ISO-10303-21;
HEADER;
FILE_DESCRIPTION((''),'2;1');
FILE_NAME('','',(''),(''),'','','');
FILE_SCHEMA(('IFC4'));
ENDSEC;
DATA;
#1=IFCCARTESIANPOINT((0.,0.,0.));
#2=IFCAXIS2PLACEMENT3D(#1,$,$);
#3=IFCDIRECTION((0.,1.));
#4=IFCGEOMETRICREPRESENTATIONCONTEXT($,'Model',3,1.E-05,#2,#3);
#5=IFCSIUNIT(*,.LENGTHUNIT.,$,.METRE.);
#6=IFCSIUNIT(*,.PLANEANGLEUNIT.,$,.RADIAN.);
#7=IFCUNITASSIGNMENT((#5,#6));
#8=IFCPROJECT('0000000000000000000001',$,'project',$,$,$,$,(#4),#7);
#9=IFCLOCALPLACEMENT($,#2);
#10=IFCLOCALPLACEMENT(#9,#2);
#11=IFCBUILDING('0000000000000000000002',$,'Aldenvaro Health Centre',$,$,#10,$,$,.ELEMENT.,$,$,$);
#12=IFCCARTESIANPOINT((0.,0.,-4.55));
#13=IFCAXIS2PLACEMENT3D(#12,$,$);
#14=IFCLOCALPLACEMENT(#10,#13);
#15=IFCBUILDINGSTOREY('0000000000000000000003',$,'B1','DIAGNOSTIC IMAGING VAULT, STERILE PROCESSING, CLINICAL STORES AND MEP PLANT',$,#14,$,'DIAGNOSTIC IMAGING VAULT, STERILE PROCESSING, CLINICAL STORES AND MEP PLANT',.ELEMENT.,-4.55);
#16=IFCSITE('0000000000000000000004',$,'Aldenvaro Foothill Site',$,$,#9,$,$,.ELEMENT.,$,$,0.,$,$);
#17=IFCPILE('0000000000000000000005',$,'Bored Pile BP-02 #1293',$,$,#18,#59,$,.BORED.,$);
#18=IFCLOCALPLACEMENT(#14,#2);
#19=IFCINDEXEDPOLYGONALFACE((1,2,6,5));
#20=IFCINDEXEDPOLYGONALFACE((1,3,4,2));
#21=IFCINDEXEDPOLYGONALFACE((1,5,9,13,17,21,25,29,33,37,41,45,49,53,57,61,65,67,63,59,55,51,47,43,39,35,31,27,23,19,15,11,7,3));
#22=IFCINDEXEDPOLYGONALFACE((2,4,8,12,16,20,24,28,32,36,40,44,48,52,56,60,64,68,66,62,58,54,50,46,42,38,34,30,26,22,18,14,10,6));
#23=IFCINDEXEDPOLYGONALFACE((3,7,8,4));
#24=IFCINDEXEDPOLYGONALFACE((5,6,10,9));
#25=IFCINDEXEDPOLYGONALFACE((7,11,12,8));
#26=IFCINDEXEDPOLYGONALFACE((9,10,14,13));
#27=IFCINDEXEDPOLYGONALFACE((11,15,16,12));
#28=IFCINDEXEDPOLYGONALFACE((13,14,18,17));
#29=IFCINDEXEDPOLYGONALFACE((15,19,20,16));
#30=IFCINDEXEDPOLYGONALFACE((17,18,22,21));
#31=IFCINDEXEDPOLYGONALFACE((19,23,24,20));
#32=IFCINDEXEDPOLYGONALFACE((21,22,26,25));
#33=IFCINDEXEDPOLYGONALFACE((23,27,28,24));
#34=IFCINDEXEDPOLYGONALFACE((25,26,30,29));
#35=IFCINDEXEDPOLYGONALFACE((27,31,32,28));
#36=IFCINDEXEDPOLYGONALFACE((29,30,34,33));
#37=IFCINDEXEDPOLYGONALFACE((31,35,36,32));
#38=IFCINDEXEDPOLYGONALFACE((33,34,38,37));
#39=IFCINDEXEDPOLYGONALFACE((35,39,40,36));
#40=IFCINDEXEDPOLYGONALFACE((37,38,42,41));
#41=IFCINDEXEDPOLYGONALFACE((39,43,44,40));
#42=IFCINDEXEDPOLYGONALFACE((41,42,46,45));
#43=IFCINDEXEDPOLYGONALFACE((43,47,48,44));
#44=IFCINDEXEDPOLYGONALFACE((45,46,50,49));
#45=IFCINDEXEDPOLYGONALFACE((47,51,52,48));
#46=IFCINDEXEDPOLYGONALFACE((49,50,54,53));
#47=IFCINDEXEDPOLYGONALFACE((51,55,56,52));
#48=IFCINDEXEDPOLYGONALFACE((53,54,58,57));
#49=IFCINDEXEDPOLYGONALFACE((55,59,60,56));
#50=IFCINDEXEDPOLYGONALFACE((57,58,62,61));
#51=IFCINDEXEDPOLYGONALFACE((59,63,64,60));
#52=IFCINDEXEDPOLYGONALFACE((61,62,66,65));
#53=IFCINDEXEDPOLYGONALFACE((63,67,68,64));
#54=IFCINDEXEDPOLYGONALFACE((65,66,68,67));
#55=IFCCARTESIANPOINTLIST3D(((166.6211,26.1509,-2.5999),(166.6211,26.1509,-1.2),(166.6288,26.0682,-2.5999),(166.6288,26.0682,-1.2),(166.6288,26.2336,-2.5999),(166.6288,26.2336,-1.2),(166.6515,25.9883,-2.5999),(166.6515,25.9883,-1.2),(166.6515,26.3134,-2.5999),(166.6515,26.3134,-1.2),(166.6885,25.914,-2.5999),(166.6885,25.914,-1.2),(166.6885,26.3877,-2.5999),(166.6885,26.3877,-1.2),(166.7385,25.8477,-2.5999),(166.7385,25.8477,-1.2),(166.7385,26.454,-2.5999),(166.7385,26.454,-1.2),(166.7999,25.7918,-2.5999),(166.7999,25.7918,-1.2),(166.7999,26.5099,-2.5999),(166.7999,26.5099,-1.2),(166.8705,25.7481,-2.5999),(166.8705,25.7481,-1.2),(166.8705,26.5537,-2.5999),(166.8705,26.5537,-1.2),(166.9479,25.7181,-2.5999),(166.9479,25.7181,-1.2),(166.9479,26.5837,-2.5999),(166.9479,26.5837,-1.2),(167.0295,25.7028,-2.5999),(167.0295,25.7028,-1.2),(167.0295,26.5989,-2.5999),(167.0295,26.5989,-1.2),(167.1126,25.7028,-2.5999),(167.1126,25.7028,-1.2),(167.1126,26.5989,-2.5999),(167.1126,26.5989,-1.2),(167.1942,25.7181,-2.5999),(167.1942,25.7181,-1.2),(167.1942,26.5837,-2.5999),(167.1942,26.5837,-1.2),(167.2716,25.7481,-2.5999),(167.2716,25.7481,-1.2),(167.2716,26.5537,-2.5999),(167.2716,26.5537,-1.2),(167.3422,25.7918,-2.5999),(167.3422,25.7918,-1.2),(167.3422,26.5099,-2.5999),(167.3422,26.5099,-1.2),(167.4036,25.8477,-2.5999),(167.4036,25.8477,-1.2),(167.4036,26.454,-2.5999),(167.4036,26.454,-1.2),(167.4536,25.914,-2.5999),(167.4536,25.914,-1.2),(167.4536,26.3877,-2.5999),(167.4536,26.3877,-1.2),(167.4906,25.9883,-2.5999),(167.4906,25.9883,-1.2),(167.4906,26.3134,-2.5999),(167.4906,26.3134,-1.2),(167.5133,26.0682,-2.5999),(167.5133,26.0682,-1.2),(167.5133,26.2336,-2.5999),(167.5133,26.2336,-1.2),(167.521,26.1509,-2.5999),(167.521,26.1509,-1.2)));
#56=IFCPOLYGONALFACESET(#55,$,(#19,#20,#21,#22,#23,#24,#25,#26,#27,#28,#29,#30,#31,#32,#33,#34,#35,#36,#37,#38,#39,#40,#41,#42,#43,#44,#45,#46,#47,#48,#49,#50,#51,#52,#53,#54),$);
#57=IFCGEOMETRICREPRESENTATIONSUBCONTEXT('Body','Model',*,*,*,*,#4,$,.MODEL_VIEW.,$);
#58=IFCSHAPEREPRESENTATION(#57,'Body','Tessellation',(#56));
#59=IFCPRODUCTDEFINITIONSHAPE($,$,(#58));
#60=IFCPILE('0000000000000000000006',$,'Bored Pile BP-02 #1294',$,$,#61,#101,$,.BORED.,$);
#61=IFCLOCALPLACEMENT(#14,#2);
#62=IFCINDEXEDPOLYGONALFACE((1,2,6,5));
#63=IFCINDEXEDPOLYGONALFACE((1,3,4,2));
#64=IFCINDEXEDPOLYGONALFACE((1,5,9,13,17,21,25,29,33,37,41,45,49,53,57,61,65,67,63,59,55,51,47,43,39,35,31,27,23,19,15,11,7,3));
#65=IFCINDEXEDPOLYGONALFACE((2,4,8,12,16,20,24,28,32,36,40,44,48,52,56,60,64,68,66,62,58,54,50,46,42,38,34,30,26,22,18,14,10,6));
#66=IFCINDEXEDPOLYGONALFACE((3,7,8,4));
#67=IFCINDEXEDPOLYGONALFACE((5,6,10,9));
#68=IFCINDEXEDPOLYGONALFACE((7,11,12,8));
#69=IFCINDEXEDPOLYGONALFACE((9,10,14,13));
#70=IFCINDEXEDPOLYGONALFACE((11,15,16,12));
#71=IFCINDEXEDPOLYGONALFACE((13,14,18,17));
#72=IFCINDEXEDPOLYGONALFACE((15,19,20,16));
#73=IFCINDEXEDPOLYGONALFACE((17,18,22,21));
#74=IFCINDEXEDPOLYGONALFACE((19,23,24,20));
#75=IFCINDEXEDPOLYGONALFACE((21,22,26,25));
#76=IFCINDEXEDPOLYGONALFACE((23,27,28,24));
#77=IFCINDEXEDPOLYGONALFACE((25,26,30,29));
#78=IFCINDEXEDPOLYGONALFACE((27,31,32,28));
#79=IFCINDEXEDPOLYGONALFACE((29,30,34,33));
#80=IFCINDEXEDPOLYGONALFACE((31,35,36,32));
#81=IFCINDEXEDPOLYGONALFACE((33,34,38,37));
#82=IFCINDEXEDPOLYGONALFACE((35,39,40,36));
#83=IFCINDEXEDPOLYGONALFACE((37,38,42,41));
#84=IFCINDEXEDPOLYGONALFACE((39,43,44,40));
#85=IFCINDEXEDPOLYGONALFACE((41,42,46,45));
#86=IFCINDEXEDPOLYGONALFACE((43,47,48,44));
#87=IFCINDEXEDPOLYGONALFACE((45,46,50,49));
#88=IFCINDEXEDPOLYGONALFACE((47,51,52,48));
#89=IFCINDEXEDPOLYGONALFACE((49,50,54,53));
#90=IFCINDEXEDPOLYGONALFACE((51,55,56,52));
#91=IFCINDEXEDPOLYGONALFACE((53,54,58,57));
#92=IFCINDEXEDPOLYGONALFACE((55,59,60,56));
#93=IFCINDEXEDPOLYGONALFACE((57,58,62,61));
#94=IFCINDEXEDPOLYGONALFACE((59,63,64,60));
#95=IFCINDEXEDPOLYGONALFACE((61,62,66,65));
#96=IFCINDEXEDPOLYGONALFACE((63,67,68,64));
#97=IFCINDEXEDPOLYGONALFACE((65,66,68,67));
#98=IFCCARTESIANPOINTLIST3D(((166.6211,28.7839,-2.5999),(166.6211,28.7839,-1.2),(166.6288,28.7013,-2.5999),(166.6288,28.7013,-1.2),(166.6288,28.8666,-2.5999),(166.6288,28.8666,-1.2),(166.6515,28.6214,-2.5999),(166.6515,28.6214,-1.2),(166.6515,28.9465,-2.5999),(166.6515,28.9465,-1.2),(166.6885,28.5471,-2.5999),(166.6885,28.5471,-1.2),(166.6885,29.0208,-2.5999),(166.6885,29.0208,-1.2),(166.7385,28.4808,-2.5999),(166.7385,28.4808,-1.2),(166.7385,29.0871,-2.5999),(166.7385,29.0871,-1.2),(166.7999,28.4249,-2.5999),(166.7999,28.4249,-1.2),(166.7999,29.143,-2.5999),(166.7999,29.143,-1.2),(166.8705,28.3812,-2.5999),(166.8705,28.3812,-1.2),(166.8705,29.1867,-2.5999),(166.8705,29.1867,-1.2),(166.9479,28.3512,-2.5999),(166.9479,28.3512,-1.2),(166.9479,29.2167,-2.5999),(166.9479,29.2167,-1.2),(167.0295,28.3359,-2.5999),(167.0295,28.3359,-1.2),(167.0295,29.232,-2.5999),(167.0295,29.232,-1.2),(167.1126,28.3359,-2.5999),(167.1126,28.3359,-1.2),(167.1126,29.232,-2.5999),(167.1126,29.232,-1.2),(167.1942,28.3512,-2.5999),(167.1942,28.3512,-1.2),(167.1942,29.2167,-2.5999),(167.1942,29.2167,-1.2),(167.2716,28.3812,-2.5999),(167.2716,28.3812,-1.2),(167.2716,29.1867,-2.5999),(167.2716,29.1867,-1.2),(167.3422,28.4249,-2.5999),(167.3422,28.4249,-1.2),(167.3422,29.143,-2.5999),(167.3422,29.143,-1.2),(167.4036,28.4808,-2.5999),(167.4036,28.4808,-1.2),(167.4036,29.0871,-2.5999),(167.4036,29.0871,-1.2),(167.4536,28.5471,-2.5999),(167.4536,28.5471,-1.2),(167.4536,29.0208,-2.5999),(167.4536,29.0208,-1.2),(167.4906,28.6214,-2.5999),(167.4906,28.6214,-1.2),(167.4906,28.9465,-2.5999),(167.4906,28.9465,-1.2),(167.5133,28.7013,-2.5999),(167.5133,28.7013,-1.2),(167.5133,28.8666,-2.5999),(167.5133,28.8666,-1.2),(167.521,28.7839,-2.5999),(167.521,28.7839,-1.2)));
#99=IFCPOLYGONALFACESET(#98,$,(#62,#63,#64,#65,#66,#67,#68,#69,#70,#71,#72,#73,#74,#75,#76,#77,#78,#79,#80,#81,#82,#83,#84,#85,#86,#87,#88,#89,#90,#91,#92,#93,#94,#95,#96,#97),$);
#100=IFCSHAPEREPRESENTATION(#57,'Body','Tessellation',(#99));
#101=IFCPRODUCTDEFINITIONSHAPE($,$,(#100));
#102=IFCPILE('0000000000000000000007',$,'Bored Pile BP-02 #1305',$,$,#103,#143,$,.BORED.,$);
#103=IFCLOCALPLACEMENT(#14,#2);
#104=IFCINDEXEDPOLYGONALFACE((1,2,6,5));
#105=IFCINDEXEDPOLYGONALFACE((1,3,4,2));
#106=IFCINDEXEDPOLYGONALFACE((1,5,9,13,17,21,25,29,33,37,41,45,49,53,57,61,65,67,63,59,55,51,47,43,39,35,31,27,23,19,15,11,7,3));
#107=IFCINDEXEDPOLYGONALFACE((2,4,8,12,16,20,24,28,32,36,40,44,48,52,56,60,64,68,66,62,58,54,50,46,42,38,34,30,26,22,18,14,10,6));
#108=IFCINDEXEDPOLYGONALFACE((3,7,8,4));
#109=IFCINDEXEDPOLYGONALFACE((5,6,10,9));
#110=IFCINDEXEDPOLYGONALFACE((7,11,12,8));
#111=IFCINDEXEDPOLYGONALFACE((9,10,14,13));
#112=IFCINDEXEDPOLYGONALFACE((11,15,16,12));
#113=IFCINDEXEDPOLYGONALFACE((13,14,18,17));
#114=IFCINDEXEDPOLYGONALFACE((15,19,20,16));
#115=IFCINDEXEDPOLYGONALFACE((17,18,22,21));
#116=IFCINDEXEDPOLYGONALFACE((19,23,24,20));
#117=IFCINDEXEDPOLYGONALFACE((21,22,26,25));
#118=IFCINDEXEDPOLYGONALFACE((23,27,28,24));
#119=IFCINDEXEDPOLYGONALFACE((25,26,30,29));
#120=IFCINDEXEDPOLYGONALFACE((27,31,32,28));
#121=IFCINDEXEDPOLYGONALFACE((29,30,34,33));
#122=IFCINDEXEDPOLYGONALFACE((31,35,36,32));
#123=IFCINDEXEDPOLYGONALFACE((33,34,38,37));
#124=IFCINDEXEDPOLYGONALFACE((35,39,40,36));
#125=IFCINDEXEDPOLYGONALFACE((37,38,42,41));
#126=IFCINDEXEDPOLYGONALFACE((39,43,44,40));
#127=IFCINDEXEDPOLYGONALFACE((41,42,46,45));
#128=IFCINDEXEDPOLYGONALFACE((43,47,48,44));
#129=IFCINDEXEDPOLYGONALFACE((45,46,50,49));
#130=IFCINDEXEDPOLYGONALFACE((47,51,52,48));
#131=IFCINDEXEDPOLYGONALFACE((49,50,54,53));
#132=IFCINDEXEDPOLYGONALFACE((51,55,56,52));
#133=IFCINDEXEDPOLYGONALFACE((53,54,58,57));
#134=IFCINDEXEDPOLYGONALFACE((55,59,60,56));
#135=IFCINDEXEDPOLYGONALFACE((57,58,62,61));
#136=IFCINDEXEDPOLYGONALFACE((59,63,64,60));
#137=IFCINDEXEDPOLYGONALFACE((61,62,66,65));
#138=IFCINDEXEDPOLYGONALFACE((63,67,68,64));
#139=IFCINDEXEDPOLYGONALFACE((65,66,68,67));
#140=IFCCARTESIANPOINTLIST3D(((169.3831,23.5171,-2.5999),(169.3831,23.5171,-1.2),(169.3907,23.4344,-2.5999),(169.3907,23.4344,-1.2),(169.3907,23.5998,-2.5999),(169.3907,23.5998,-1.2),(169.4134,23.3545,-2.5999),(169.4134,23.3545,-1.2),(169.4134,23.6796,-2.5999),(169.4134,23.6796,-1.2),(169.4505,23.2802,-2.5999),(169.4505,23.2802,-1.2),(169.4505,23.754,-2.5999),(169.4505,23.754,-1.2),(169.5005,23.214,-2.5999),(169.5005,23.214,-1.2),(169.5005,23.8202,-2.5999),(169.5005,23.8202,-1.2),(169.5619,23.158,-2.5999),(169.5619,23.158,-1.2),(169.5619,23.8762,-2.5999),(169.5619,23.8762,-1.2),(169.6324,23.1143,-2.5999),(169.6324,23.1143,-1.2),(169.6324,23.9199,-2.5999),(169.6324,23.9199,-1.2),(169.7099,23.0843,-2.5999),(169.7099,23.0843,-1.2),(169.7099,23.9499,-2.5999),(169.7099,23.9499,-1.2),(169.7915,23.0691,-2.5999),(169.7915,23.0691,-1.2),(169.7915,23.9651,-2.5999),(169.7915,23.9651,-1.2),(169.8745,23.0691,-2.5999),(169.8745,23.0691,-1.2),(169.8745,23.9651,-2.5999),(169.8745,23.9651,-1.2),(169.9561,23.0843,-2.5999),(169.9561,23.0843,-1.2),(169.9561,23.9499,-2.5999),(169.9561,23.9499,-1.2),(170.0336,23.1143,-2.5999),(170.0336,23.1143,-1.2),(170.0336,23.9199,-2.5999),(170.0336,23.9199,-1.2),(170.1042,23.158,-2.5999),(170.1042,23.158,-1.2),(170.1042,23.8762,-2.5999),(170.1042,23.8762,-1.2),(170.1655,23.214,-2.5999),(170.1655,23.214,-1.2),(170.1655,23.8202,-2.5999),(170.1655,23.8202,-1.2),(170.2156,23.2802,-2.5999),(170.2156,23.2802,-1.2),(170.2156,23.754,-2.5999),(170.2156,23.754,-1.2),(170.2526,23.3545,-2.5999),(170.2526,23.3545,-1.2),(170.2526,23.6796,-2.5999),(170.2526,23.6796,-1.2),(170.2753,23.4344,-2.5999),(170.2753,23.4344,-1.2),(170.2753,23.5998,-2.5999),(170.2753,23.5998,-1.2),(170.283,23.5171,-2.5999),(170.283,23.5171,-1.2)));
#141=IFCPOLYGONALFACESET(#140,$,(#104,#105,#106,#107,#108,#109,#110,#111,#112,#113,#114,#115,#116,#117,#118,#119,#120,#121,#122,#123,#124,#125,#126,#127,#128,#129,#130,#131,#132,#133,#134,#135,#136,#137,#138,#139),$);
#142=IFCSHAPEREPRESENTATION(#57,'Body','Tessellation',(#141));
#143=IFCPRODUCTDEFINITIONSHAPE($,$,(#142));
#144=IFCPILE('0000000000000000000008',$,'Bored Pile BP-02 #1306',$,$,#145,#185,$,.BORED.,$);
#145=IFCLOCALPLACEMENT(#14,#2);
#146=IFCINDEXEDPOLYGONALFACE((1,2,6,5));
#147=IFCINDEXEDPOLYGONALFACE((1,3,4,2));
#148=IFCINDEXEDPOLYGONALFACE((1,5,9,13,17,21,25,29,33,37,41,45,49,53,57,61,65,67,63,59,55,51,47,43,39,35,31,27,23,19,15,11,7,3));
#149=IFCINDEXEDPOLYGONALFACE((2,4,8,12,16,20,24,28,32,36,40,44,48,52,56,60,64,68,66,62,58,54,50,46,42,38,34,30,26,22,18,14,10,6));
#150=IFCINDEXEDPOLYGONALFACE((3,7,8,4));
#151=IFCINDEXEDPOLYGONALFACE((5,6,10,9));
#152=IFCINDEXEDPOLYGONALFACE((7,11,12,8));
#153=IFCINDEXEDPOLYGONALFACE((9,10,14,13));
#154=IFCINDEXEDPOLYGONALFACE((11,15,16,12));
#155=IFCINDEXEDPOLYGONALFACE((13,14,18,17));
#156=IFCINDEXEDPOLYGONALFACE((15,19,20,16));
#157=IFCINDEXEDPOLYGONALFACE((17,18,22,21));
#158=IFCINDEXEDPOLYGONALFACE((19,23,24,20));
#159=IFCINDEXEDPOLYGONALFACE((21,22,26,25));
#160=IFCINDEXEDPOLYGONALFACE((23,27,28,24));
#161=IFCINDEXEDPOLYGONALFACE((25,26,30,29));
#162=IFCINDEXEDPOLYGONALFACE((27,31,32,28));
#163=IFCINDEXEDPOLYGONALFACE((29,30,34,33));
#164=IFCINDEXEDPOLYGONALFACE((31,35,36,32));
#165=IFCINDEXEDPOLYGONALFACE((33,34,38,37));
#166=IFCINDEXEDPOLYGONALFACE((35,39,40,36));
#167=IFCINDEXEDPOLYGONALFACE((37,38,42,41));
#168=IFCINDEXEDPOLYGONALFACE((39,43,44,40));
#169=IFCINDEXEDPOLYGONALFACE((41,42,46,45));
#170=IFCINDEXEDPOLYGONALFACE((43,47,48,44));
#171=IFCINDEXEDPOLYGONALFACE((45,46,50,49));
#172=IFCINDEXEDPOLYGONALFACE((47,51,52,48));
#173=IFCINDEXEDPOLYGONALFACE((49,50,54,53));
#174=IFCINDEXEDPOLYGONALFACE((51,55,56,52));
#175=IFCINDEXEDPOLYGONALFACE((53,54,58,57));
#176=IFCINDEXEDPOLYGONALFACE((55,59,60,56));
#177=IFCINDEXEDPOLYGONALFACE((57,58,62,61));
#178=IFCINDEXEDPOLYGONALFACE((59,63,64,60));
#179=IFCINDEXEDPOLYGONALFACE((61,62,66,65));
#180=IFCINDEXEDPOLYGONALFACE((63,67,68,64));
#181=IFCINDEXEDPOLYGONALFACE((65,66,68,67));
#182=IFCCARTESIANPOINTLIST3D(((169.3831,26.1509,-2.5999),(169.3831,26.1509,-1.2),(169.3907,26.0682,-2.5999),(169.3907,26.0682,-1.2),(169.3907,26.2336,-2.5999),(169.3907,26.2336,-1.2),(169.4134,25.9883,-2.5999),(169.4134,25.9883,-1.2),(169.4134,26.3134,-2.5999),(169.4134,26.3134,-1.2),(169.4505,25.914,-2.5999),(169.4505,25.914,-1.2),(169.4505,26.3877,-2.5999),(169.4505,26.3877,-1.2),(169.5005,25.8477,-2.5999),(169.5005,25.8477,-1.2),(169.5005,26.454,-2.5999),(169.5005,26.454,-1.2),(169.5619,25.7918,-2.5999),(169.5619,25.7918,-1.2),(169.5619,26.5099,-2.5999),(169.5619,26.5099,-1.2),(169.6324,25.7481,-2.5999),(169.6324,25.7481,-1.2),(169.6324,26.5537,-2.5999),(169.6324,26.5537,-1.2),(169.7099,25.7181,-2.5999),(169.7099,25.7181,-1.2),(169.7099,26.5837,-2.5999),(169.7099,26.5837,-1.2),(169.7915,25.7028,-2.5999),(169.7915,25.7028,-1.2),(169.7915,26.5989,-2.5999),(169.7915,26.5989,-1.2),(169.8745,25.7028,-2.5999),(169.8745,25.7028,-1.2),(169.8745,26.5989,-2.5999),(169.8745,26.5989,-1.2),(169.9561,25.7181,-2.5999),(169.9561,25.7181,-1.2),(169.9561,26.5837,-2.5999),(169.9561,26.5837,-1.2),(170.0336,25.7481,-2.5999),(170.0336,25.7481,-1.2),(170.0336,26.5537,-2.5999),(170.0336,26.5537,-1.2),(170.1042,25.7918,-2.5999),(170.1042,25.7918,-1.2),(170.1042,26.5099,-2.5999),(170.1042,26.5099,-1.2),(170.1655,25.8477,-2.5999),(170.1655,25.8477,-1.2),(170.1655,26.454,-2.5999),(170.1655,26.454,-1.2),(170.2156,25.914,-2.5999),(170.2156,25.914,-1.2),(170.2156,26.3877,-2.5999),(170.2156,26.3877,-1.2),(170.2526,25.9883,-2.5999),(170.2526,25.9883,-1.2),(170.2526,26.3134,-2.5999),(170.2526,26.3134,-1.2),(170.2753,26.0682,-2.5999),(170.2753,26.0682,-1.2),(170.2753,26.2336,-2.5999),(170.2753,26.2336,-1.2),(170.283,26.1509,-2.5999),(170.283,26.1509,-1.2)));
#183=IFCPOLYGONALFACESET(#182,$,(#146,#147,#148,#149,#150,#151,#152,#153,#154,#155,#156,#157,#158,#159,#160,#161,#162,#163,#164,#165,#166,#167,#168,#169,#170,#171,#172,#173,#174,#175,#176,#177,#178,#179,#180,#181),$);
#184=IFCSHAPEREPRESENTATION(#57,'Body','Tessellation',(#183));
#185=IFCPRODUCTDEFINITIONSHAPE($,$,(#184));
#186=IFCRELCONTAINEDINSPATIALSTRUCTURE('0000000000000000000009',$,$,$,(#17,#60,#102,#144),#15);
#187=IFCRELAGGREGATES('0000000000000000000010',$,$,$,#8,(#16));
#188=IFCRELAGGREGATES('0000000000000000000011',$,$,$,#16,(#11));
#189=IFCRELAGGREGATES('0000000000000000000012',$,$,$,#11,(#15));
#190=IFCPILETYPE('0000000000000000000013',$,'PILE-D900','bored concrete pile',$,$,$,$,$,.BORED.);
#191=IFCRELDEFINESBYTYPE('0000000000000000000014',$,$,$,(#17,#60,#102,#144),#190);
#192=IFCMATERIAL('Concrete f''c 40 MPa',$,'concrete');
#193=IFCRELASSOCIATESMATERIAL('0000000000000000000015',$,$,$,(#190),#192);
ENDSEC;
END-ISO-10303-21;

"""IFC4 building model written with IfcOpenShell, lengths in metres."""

from ifc_helpers import new_model, si_unit, direction, frame, origin, origin_2d, place, context, subcontext, project, spatial, circle, extrude, material, material_profile, profile_set, type_object, element, save


model = new_model("IFC4")

# Units and contexts
model_context = context("Model", 3, precision=1e-05, world=origin(), true_north=direction((0.0, 1.0)))
body_context = subcontext(model_context, "Body", "Model", "MODEL_VIEW")
ifc_project = project(units=[si_unit("LENGTHUNIT", "METRE"), si_unit("PLANEANGLEUNIT", "RADIAN")], contexts=[model_context])

# Site, building, storey
site_placement = place(None, origin())
site = spatial("IfcSite", under=ifc_project, at=site_placement, Name="Aldenvaro Foothill Site", CompositionType="ELEMENT", RefElevation=0.0)
building_placement = place(site_placement, origin())
building = spatial("IfcBuilding", under=site, at=building_placement, Name="Aldenvaro Health Centre", CompositionType="ELEMENT")
storey_placement = place(building_placement, frame((0.0, 0.0, -4.55)))
storey = spatial("IfcBuildingStorey", under=building, at=storey_placement, Name="B1", Description="DIAGNOSTIC IMAGING VAULT, STERILE PROCESSING, CLINICAL STORES AND MEP PLANT", LongName="DIAGNOSTIC IMAGING VAULT, STERILE PROCESSING, CLINICAL STORES AND MEP PLANT", CompositionType="ELEMENT", Elevation=-4.55)

# Piles
ifc_material_1 = material(Name="Concrete f'c 40 MPa", Category="concrete")
ifc_material_profile_1 = material_profile(ifc_material_1, circle(Radius=0.45, at=origin_2d()), Name="PILE D900", Category="concrete")
ifc_profile_set_1 = profile_set([ifc_material_profile_1], Name="Concrete f'c 40 MPa")
pile_type = type_object("IfcPileType", Name="PILE-D900", Description="bored concrete pile", PredefinedType="BORED", material=ifc_profile_set_1)
for number, where, z_axis, x_axis, name in (
    (1, (167.071, 26.1509, -1.2), (0.0, 0.0, -1.0), (1.0, 0.0, 0.0), "Bored Pile BP-02 #1293"),
    (2, (167.071, 28.7839, -1.2), (0.0, 0.0, -1.0), (1.0, 0.0, 0.0), "Bored Pile BP-02 #1294"),
    (3, (169.833, 23.5171, -1.2), (0.0, 0.0, -1.0), (1.0, 0.0, 0.0), "Bored Pile BP-02 #1305"),
    (4, (169.833, 26.1509, -1.2), (0.0, 0.0, -1.0), (1.0, 0.0, 0.0), "Bored Pile BP-02 #1306"),
):
    element("IfcPile", number, at=place(storey_placement, frame(where, z_axis=z_axis, x_axis=x_axis)), inside=storey, type_object=pile_type, Name=name, PredefinedType="BORED", context=body_context, shape_type="SweptSolid", body=[
        extrude(circle(Radius=0.45, at=origin_2d()), origin(), (0.0, 0.0, 1.0), 1.3999),
    ])

save(model, "model.ifc")
